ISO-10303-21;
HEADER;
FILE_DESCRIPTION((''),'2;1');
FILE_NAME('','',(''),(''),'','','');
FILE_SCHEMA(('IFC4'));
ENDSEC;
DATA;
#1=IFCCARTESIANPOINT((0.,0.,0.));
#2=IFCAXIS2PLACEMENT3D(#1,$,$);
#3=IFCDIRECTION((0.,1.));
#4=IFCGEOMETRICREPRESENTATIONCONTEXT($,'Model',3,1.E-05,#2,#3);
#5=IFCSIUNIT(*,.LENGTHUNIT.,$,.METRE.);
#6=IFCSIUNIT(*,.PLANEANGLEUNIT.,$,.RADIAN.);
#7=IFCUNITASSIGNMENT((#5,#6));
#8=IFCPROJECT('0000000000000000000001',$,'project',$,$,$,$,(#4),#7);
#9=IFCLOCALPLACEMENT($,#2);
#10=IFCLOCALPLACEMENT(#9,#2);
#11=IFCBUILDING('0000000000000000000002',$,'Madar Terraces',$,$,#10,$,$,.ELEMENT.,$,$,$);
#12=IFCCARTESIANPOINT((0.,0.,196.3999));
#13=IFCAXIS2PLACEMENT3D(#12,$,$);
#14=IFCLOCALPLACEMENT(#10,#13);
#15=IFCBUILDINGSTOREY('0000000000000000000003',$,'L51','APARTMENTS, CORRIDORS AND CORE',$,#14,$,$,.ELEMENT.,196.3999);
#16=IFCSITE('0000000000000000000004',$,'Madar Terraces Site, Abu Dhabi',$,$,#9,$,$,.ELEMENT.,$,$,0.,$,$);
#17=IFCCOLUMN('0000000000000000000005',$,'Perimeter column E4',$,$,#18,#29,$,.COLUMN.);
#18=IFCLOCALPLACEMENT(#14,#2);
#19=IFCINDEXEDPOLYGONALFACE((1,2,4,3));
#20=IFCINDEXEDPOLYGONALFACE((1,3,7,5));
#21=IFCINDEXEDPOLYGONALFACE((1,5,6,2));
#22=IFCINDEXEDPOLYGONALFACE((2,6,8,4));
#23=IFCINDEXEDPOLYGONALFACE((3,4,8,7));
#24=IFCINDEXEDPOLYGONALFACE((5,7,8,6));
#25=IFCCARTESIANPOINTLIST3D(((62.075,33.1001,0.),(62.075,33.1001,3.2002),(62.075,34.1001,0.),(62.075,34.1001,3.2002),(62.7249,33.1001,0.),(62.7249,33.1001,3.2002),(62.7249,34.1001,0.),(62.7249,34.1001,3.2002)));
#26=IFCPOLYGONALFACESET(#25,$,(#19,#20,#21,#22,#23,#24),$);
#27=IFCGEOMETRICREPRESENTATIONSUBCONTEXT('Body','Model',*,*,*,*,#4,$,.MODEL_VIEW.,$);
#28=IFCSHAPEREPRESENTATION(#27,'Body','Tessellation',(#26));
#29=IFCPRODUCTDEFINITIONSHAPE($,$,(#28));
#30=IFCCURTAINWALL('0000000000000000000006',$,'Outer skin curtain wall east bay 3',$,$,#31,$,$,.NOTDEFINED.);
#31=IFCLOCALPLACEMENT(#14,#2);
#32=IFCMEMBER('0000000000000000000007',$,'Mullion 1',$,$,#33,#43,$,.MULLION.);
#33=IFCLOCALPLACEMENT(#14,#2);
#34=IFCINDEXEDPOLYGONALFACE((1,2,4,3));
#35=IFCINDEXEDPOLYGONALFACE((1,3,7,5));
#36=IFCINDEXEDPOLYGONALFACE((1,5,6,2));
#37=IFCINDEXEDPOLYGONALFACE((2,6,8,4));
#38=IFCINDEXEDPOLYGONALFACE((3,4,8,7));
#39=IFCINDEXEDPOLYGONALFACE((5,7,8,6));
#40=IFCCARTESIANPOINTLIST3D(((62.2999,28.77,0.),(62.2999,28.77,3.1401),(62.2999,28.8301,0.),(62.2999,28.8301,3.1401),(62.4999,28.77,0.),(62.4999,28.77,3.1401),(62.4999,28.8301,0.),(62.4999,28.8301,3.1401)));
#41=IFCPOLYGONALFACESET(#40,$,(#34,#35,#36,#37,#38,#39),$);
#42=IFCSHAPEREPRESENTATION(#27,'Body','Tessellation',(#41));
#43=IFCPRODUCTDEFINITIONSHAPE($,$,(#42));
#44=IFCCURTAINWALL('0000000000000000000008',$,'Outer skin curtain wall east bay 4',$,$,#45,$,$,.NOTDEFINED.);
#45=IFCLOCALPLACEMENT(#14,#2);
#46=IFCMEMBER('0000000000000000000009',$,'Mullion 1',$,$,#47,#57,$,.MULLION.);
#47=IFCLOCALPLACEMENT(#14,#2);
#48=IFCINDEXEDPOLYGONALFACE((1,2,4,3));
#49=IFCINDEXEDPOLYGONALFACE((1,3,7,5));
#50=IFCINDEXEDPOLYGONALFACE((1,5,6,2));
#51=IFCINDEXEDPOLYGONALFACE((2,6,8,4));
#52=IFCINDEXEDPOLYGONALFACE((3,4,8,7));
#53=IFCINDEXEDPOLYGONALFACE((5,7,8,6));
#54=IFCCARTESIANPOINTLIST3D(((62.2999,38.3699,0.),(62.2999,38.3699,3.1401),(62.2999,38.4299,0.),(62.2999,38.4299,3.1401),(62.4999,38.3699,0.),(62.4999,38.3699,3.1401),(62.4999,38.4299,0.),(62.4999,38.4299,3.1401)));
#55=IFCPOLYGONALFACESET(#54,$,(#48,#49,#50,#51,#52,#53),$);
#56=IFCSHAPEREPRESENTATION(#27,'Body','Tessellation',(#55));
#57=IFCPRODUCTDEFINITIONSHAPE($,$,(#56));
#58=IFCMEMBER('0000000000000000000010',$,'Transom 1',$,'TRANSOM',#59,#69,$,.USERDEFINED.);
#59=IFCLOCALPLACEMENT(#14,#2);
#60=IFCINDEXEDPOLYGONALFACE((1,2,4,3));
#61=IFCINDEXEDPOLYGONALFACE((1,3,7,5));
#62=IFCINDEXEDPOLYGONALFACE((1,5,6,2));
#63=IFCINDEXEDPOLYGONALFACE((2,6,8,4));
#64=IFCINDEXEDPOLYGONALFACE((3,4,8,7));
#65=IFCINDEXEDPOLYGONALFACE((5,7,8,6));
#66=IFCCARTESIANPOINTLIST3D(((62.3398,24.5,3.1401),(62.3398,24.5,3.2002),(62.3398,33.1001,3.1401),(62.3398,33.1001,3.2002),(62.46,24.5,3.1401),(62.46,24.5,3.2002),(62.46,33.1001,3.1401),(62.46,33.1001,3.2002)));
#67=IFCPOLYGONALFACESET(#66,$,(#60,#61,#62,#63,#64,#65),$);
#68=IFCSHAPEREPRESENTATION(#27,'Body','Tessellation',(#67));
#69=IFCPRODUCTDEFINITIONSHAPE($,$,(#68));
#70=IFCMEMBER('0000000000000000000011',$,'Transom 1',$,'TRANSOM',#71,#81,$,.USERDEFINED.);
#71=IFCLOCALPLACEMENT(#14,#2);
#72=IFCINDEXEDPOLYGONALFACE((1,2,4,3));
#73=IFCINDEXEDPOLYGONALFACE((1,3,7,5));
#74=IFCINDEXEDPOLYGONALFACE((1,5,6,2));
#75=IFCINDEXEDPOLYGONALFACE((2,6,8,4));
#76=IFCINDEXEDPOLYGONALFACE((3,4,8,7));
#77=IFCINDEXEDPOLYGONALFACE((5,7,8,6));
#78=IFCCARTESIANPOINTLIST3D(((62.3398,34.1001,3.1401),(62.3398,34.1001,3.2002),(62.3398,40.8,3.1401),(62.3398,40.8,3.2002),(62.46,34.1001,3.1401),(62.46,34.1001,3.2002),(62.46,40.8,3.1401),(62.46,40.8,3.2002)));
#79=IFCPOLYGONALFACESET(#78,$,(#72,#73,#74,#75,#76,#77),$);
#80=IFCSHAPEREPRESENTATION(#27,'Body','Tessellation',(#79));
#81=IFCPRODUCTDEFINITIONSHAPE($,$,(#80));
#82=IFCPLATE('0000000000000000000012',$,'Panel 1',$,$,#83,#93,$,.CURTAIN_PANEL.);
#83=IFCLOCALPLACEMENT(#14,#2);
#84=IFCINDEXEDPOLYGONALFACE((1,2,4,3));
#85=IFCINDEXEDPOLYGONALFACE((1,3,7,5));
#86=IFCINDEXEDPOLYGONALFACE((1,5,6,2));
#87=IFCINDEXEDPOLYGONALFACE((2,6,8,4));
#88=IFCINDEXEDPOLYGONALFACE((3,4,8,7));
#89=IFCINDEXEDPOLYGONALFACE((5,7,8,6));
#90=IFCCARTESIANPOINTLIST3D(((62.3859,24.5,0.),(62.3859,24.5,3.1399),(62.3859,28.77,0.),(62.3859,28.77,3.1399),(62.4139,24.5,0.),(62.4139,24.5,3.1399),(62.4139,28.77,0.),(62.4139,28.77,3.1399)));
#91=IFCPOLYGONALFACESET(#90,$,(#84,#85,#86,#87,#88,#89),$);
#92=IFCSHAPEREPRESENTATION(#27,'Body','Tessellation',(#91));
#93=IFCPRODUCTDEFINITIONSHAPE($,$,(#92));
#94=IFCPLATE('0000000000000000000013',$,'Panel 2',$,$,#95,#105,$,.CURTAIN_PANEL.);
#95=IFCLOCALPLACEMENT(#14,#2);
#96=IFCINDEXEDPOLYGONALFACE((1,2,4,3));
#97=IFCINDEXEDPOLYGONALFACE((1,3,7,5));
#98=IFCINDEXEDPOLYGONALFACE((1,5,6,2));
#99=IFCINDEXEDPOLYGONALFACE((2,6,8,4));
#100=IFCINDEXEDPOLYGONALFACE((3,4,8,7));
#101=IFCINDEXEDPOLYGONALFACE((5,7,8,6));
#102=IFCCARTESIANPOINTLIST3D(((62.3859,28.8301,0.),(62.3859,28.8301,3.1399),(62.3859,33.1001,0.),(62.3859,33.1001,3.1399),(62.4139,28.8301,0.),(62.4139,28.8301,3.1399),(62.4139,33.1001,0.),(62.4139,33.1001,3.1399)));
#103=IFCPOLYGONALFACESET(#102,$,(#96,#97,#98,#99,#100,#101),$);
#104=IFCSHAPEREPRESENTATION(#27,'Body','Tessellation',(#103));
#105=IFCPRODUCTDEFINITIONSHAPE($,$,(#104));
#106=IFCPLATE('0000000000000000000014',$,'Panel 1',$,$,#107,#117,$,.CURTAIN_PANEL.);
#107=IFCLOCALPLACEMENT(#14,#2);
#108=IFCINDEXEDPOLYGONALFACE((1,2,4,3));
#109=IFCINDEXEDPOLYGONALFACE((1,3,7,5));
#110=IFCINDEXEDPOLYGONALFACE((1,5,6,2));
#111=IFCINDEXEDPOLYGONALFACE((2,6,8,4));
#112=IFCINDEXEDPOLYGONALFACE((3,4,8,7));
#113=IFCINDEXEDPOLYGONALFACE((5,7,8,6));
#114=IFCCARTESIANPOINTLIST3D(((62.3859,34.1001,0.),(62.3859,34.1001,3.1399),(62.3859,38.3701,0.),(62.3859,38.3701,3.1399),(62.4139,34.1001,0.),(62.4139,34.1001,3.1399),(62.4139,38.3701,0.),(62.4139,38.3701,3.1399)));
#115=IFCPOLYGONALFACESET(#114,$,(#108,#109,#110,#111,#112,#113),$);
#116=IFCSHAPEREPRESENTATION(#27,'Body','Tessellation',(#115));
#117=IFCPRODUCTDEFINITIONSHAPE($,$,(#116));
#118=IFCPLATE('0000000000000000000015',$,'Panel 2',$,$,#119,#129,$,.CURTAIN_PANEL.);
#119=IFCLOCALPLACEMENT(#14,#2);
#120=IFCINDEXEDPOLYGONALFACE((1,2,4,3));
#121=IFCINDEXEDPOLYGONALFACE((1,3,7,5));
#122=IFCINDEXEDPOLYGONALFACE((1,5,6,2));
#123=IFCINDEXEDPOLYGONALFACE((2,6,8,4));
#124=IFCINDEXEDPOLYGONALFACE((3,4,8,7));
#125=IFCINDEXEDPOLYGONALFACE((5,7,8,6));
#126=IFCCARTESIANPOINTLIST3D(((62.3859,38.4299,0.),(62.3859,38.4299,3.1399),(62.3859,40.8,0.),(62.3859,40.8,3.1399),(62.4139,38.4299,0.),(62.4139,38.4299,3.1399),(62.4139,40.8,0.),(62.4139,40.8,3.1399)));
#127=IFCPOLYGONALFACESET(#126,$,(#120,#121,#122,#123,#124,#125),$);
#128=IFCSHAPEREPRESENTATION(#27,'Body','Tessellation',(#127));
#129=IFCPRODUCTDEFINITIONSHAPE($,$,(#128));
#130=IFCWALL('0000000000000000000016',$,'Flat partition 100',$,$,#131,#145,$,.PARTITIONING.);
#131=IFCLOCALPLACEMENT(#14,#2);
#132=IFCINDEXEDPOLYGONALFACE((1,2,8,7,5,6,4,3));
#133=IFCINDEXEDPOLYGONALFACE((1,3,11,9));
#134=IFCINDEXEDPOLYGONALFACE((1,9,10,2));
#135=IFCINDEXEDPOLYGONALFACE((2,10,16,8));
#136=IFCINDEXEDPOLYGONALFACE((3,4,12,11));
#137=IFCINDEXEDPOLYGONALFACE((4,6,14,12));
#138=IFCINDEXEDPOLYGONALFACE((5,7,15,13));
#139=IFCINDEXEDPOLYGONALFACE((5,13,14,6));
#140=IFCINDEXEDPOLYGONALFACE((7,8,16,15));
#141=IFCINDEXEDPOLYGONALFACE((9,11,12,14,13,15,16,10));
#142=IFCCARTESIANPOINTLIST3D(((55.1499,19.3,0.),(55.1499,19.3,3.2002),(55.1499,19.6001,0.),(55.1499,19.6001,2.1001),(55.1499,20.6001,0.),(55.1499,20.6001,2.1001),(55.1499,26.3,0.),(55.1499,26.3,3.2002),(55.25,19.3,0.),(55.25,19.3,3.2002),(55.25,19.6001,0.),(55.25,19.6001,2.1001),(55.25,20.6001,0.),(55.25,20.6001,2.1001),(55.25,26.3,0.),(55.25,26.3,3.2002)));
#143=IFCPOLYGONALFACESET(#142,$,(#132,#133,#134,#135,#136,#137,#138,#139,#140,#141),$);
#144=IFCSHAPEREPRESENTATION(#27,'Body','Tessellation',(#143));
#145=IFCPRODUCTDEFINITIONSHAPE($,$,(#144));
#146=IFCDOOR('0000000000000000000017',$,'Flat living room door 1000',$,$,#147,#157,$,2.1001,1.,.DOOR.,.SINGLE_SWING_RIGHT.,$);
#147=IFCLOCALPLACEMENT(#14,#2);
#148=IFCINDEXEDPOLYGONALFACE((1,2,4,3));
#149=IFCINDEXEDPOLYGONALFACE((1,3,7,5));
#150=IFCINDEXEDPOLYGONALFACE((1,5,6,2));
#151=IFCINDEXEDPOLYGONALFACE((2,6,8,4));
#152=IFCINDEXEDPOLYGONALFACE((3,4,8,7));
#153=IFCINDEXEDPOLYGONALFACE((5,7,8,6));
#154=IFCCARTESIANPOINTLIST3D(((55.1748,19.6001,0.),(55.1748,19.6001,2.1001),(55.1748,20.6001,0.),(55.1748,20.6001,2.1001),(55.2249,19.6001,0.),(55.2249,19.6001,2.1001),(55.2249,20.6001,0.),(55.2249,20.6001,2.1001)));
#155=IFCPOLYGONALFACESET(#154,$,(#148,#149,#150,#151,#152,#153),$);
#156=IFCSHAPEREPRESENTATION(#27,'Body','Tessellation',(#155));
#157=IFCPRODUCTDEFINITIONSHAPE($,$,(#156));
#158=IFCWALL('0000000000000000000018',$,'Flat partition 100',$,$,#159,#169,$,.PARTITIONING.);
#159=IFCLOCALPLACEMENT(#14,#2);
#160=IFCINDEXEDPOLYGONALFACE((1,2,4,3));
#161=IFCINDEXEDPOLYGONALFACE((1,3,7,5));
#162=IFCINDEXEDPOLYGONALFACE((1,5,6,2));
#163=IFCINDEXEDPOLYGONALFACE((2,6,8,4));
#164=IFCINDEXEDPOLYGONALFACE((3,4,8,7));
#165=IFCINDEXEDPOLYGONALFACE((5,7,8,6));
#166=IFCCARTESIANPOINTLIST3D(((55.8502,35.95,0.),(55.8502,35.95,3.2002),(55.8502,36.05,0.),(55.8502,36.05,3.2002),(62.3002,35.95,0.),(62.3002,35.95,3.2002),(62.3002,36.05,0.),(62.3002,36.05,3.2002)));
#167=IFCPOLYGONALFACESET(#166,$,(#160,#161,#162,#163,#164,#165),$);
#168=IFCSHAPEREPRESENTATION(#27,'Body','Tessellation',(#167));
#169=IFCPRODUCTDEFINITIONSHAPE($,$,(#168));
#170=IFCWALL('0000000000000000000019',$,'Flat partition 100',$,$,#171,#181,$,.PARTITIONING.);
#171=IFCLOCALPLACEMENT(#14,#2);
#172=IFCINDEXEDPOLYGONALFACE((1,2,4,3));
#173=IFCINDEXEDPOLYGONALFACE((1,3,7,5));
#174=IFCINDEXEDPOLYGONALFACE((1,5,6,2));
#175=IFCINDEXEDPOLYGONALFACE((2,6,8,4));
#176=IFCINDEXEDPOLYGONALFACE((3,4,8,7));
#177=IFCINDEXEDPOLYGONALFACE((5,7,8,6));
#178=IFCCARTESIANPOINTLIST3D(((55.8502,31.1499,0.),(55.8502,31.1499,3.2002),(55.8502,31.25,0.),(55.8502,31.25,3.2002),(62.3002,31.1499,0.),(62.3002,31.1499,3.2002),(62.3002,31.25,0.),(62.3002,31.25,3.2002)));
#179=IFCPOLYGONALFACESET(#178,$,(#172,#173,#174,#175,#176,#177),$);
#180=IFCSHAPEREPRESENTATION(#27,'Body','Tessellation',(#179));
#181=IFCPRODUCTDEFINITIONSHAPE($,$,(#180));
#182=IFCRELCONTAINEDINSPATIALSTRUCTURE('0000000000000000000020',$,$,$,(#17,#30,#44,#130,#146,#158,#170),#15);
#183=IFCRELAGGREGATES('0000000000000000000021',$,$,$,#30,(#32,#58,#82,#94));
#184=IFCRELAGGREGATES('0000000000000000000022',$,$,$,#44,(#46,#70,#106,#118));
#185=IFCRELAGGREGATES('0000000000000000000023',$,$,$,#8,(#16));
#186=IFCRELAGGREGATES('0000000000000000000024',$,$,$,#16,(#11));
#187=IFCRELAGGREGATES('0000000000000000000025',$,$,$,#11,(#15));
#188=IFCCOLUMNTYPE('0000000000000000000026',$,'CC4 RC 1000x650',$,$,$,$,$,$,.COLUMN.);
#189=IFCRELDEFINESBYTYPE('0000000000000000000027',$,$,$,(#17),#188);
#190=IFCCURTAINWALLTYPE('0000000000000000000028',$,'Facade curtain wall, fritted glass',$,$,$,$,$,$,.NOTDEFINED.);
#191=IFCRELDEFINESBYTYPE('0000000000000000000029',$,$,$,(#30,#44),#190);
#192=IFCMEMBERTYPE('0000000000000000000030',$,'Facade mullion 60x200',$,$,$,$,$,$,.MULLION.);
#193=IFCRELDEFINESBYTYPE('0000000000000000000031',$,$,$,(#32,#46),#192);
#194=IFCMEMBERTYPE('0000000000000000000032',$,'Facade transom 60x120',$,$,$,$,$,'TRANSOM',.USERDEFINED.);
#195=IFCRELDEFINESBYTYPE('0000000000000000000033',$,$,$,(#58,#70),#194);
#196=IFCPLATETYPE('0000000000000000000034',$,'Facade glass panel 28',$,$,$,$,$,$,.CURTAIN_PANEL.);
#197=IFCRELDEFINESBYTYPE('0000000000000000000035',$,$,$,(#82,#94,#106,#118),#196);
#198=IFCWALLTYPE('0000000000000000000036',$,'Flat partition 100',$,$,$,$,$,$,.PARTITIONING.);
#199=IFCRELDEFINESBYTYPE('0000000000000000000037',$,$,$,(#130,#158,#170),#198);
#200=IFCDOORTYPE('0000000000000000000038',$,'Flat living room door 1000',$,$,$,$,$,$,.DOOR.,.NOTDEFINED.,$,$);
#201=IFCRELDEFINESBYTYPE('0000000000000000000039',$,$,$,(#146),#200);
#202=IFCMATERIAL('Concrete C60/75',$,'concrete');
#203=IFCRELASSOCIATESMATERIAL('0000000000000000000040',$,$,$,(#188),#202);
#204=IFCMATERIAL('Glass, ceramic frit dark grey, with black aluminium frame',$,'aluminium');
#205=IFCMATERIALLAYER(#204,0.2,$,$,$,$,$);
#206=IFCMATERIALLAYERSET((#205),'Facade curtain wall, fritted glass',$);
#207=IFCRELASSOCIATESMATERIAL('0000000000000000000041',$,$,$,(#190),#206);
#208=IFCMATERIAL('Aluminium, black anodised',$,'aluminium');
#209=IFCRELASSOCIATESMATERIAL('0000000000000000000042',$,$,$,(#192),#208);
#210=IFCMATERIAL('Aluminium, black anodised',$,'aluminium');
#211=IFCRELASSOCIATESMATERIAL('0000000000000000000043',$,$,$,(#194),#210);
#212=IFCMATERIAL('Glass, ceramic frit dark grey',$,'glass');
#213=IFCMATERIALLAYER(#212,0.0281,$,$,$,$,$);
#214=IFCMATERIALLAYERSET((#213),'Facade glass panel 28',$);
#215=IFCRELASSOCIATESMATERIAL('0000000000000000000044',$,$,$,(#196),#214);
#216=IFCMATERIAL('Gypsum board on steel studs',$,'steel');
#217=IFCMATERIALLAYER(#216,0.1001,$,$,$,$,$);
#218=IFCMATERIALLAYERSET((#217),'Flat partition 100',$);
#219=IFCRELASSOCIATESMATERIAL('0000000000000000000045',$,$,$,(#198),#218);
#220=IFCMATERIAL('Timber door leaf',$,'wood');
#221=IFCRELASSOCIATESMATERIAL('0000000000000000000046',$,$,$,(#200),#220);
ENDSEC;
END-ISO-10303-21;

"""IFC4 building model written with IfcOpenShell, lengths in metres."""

from ifc_helpers import new_model, si_unit, direction, frame, frame_2d, origin, origin_2d, place, context, subcontext, project, spatial, rectangle, extrude, material, layer, layer_set, material_profile, profile_set, type_object, element, fill, aggregate, save


model = new_model("IFC4")

# Units and contexts
model_context = context("Model", 3, precision=1e-05, world=origin(), true_north=direction((0.0, 1.0)))
body_context = subcontext(model_context, "Body", "Model", "MODEL_VIEW")
ifc_project = project(units=[si_unit("LENGTHUNIT", "METRE"), si_unit("PLANEANGLEUNIT", "RADIAN")], contexts=[model_context])

# Site, building, storey
site_placement = place(None, origin())
site = spatial("IfcSite", under=ifc_project, at=site_placement, Name="Madar Terraces Site, Abu Dhabi", CompositionType="ELEMENT", RefElevation=0.0)
building_placement = place(site_placement, origin())
building = spatial("IfcBuilding", under=site, at=building_placement, Name="Madar Terraces", CompositionType="ELEMENT")
storey_placement = place(building_placement, frame((0.0, 0.0, 196.3999)))
storey = spatial("IfcBuildingStorey", under=building, at=storey_placement, Name="L51", Description="APARTMENTS, CORRIDORS AND CORE", CompositionType="ELEMENT", Elevation=196.3999)

# Column
ifc_material_1 = material(Name="Concrete C60/75", Category="concrete")
ifc_material_profile_1 = material_profile(ifc_material_1, rectangle(XDim=1.0, YDim=0.6499, at=origin_2d()), Name="CC4 RC 1000x650")
ifc_profile_set_1 = profile_set([ifc_material_profile_1], Name="Concrete C60/75")
column_type = type_object("IfcColumnType", Name="CC4 RC 1000x650", PredefinedType="COLUMN", material=ifc_profile_set_1)
column_placement = place(storey_placement, frame((62.3999, 33.6001, 0.0), z_axis=(0.0, 0.0, 1.0), x_axis=(0.0, 1.0, 0.0)))
element("IfcColumn", 1, at=column_placement, inside=storey, type_object=column_type, Name="Perimeter column E4", PredefinedType="COLUMN", context=body_context, shape_type="SweptSolid", body=[
    extrude(rectangle(XDim=1.0, YDim=0.6499, at=origin_2d()), origin(), (0.0, 0.0, 1.0), 3.2002),
])

# Curtain walls, members
ifc_material_2 = material(Name="Glass, ceramic frit dark grey, with black aluminium frame", Category="aluminium")
ifc_layer_1 = layer(ifc_material_2, 0.2)
ifc_layer_set_1 = layer_set([ifc_layer_1], Name="Facade curtain wall, fritted glass")
curtain_wall_type = type_object("IfcCurtainWallType", Name="Facade curtain wall, fritted glass", PredefinedType="NOTDEFINED", material=ifc_layer_set_1)
curtain_wall_1_placement = place(storey_placement, origin())
curtain_wall_1 = element("IfcCurtainWall", 2, at=curtain_wall_1_placement, inside=storey, type_object=curtain_wall_type, Name="Outer skin curtain wall east bay 3", PredefinedType="NOTDEFINED")
ifc_material_3 = material(Name="Aluminium, black anodised", Category="aluminium")
ifc_material_profile_2 = material_profile(ifc_material_3, rectangle(XDim=0.2, YDim=0.0601, at=origin_2d()), Name="Facade mullion 60x200")
ifc_profile_set_2 = profile_set([ifc_material_profile_2], Name="Aluminium, black anodised")
member_type_1 = type_object("IfcMemberType", Name="Facade mullion 60x200", PredefinedType="MULLION", material=ifc_profile_set_2)
member_1_placement = place(storey_placement, frame((62.3999, 28.8, 0.0), z_axis=(0.0, 0.0, 1.0), x_axis=(-1.0, 0.0, 0.0)))
member_1 = element("IfcMember", 3, at=member_1_placement, type_object=member_type_1, Name="Mullion 1", PredefinedType="MULLION", context=body_context, shape_type="SweptSolid", body=[
    extrude(rectangle(XDim=0.2, YDim=0.0601, at=origin_2d()), origin(), (0.0, 0.0, 1.0), 3.1401),
])
curtain_wall_2_placement = place(storey_placement, origin())
curtain_wall_2 = element("IfcCurtainWall", 4, at=curtain_wall_2_placement, inside=storey, type_object=curtain_wall_type, Name="Outer skin curtain wall east bay 4", PredefinedType="NOTDEFINED")
member_2_placement = place(storey_placement, frame((62.3999, 38.3999, 0.0), z_axis=(0.0, 0.0, 1.0), x_axis=(-1.0, 0.0, 0.0)))
member_2 = element("IfcMember", 5, at=member_2_placement, type_object=member_type_1, Name="Mullion 1", PredefinedType="MULLION", context=body_context, shape_type="SweptSolid", body=[
    extrude(rectangle(XDim=0.2, YDim=0.0601, at=origin_2d()), origin(), (0.0, 0.0, 1.0), 3.1401),
])

# Members
ifc_material_4 = material(Name="Aluminium, black anodised", Category="aluminium")
ifc_material_profile_3 = material_profile(ifc_material_4, rectangle(XDim=0.1201, YDim=0.0601, at=origin_2d()), Name="Facade transom 60x120")
ifc_profile_set_3 = profile_set([ifc_material_profile_3], Name="Aluminium, black anodised")
member_type_2 = type_object("IfcMemberType", Name="Facade transom 60x120", ElementType="TRANSOM", PredefinedType="USERDEFINED", material=ifc_profile_set_3)
member_3_placement = place(storey_placement, frame((62.3999, 24.5, 3.1702), z_axis=(0.0, 1.0, 0.0), x_axis=(-1.0, 0.0, 0.0)))
member_3 = element("IfcMember", 6, at=member_3_placement, type_object=member_type_2, Name="Transom 1", ObjectType="TRANSOM", PredefinedType="USERDEFINED", context=body_context, shape_type="SweptSolid", body=[
    extrude(rectangle(XDim=0.1201, YDim=0.0601, at=origin_2d()), origin(), (0.0, 0.0, 1.0), 8.6001),
])
member_4_placement = place(storey_placement, frame((62.3999, 34.1001, 3.1702), z_axis=(0.0, 1.0, 0.0), x_axis=(-1.0, 0.0, 0.0)))
member_4 = element("IfcMember", 7, at=member_4_placement, type_object=member_type_2, Name="Transom 1", ObjectType="TRANSOM", PredefinedType="USERDEFINED", context=body_context, shape_type="SweptSolid", body=[
    extrude(rectangle(XDim=0.1201, YDim=0.0601, at=origin_2d()), origin(), (0.0, 0.0, 1.0), 6.7),
])

# Plates
ifc_material_5 = material(Name="Glass, ceramic frit dark grey", Category="glass")
ifc_layer_2 = layer(ifc_material_5, 0.0281)
ifc_layer_set_2 = layer_set([ifc_layer_2], Name="Facade glass panel 28")
plate_type = type_object("IfcPlateType", Name="Facade glass panel 28", PredefinedType="CURTAIN_PANEL", material=ifc_layer_set_2)
plate_1_placement = place(storey_placement, frame((62.3999, 26.635, 0.0), z_axis=(0.0, 0.0, 1.0), x_axis=(0.0, 1.0, 0.0)))
plate_1 = element("IfcPlate", 8, at=plate_1_placement, type_object=plate_type, Name="Panel 1", PredefinedType="CURTAIN_PANEL", context=body_context, shape_type="SweptSolid", body=[
    extrude(rectangle(XDim=4.27, YDim=0.0281, at=origin_2d()), origin(), (0.0, 0.0, 1.0), 3.1399),
])
plate_2_placement = place(storey_placement, frame((62.3999, 30.9651, 0.0), z_axis=(0.0, 0.0, 1.0), x_axis=(0.0, 1.0, 0.0)))
plate_2 = element("IfcPlate", 9, at=plate_2_placement, type_object=plate_type, Name="Panel 2", PredefinedType="CURTAIN_PANEL", context=body_context, shape_type="SweptSolid", body=[
    extrude(rectangle(XDim=4.27, YDim=0.0281, at=origin_2d()), origin(), (0.0, 0.0, 1.0), 3.1399),
])
aggregate(curtain_wall_1, [member_1, member_3, plate_1, plate_2])
plate_3_placement = place(storey_placement, frame((62.3999, 36.2351, 0.0), z_axis=(0.0, 0.0, 1.0), x_axis=(0.0, 1.0, 0.0)))
plate_3 = element("IfcPlate", 10, at=plate_3_placement, type_object=plate_type, Name="Panel 1", PredefinedType="CURTAIN_PANEL", context=body_context, shape_type="SweptSolid", body=[
    extrude(rectangle(XDim=4.27, YDim=0.0281, at=origin_2d()), origin(), (0.0, 0.0, 1.0), 3.1399),
])
plate_4_placement = place(storey_placement, frame((62.3999, 39.615, 0.0), z_axis=(0.0, 0.0, 1.0), x_axis=(0.0, 1.0, 0.0)))
plate_4 = element("IfcPlate", 11, at=plate_4_placement, type_object=plate_type, Name="Panel 2", PredefinedType="CURTAIN_PANEL", context=body_context, shape_type="SweptSolid", body=[
    extrude(rectangle(XDim=2.3701, YDim=0.0281, at=origin_2d()), origin(), (0.0, 0.0, 1.0), 3.1399),
])
aggregate(curtain_wall_2, [member_2, member_4, plate_3, plate_4])

# Wall, opening, door
ifc_material_6 = material(Name="Gypsum board on steel studs", Category="steel")
ifc_layer_3 = layer(ifc_material_6, 0.1001)
ifc_layer_set_3 = layer_set([ifc_layer_3], Name="Flat partition 100")
wall_type_1 = type_object("IfcWallType", Name="Flat partition 100", PredefinedType="PARTITIONING", material=ifc_layer_set_3)
wall_1_placement = place(storey_placement, frame((55.2, 26.3, 0.0), z_axis=(0.0, 0.0, 1.0), x_axis=(0.0, -1.0, 0.0)))
wall_1 = element("IfcWall", 12, at=wall_1_placement, inside=storey, type_object=wall_type_1, Name="Flat partition 100", PredefinedType="PARTITIONING", context=body_context, shape_type="SweptSolid", body=[
    extrude(rectangle(XDim=7.0, YDim=0.1001, at=frame_2d((3.5, 0.0))), origin(), (0.0, 0.0, 1.0), 3.2002),
])
opening_1_placement = place(wall_1_placement, frame((5.7, 0.0, 0.0)))
opening_1 = element("IfcOpeningElement", 13, at=opening_1_placement, cuts=wall_1, PredefinedType="OPENING", context=body_context, shape_type="SweptSolid", body=[
    extrude(rectangle(XDim=1.0, YDim=2.1001, at=frame_2d((0.5, 1.05))), frame((0.0, 0.0601, 0.0), z_axis=(0.0, -1.0, 0.0), x_axis=(1.0, 0.0, 0.0)), (0.0, 0.0, 1.0), 0.1201),
])
ifc_material_7 = material(Name="Timber door leaf", Category="wood")
door_type_1 = type_object("IfcDoorType", Name="Flat living room door 1000", OperationType="NOTDEFINED", PredefinedType="DOOR", material=ifc_material_7)
door_1_placement = place(opening_1_placement, origin())
door_1 = element("IfcDoor", 14, at=door_1_placement, inside=storey, type_object=door_type_1, Name="Flat living room door 1000", OperationType="SINGLE_SWING_RIGHT", OverallHeight=2.1001, OverallWidth=1.0, PredefinedType="DOOR", context=body_context, shape_type="SweptSolid", body=[
    extrude(rectangle(XDim=1.0, YDim=2.1001, at=frame_2d((0.5, 1.05))), frame((0.0, 0.0249, 0.0), z_axis=(0.0, -1.0, 0.0), x_axis=(1.0, 0.0, 0.0)), (0.0, 0.0, 1.0), 0.05),
])
fill(opening_1, door_1)

# Walls
for number, where, z_axis, x_axis, name in (
    (15, (55.8501, 36.0, 0.0), (0.0, 0.0, 1.0), (1.0, 0.0, 0.0), "Flat partition 100"),
    (16, (55.8501, 31.2, 0.0), (0.0, 0.0, 1.0), (1.0, 0.0, 0.0), "Flat partition 100"),
):
    element("IfcWall", number, at=place(storey_placement, frame(where, z_axis=z_axis, x_axis=x_axis)), inside=storey, type_object=wall_type_1, Name=name, PredefinedType="PARTITIONING", context=body_context, shape_type="SweptSolid", body=[
        extrude(rectangle(XDim=6.45, YDim=0.1001, at=frame_2d((3.2251, 0.0))), origin(), (0.0, 0.0, 1.0), 3.2002),
    ])

save(model, "model.ifc")
